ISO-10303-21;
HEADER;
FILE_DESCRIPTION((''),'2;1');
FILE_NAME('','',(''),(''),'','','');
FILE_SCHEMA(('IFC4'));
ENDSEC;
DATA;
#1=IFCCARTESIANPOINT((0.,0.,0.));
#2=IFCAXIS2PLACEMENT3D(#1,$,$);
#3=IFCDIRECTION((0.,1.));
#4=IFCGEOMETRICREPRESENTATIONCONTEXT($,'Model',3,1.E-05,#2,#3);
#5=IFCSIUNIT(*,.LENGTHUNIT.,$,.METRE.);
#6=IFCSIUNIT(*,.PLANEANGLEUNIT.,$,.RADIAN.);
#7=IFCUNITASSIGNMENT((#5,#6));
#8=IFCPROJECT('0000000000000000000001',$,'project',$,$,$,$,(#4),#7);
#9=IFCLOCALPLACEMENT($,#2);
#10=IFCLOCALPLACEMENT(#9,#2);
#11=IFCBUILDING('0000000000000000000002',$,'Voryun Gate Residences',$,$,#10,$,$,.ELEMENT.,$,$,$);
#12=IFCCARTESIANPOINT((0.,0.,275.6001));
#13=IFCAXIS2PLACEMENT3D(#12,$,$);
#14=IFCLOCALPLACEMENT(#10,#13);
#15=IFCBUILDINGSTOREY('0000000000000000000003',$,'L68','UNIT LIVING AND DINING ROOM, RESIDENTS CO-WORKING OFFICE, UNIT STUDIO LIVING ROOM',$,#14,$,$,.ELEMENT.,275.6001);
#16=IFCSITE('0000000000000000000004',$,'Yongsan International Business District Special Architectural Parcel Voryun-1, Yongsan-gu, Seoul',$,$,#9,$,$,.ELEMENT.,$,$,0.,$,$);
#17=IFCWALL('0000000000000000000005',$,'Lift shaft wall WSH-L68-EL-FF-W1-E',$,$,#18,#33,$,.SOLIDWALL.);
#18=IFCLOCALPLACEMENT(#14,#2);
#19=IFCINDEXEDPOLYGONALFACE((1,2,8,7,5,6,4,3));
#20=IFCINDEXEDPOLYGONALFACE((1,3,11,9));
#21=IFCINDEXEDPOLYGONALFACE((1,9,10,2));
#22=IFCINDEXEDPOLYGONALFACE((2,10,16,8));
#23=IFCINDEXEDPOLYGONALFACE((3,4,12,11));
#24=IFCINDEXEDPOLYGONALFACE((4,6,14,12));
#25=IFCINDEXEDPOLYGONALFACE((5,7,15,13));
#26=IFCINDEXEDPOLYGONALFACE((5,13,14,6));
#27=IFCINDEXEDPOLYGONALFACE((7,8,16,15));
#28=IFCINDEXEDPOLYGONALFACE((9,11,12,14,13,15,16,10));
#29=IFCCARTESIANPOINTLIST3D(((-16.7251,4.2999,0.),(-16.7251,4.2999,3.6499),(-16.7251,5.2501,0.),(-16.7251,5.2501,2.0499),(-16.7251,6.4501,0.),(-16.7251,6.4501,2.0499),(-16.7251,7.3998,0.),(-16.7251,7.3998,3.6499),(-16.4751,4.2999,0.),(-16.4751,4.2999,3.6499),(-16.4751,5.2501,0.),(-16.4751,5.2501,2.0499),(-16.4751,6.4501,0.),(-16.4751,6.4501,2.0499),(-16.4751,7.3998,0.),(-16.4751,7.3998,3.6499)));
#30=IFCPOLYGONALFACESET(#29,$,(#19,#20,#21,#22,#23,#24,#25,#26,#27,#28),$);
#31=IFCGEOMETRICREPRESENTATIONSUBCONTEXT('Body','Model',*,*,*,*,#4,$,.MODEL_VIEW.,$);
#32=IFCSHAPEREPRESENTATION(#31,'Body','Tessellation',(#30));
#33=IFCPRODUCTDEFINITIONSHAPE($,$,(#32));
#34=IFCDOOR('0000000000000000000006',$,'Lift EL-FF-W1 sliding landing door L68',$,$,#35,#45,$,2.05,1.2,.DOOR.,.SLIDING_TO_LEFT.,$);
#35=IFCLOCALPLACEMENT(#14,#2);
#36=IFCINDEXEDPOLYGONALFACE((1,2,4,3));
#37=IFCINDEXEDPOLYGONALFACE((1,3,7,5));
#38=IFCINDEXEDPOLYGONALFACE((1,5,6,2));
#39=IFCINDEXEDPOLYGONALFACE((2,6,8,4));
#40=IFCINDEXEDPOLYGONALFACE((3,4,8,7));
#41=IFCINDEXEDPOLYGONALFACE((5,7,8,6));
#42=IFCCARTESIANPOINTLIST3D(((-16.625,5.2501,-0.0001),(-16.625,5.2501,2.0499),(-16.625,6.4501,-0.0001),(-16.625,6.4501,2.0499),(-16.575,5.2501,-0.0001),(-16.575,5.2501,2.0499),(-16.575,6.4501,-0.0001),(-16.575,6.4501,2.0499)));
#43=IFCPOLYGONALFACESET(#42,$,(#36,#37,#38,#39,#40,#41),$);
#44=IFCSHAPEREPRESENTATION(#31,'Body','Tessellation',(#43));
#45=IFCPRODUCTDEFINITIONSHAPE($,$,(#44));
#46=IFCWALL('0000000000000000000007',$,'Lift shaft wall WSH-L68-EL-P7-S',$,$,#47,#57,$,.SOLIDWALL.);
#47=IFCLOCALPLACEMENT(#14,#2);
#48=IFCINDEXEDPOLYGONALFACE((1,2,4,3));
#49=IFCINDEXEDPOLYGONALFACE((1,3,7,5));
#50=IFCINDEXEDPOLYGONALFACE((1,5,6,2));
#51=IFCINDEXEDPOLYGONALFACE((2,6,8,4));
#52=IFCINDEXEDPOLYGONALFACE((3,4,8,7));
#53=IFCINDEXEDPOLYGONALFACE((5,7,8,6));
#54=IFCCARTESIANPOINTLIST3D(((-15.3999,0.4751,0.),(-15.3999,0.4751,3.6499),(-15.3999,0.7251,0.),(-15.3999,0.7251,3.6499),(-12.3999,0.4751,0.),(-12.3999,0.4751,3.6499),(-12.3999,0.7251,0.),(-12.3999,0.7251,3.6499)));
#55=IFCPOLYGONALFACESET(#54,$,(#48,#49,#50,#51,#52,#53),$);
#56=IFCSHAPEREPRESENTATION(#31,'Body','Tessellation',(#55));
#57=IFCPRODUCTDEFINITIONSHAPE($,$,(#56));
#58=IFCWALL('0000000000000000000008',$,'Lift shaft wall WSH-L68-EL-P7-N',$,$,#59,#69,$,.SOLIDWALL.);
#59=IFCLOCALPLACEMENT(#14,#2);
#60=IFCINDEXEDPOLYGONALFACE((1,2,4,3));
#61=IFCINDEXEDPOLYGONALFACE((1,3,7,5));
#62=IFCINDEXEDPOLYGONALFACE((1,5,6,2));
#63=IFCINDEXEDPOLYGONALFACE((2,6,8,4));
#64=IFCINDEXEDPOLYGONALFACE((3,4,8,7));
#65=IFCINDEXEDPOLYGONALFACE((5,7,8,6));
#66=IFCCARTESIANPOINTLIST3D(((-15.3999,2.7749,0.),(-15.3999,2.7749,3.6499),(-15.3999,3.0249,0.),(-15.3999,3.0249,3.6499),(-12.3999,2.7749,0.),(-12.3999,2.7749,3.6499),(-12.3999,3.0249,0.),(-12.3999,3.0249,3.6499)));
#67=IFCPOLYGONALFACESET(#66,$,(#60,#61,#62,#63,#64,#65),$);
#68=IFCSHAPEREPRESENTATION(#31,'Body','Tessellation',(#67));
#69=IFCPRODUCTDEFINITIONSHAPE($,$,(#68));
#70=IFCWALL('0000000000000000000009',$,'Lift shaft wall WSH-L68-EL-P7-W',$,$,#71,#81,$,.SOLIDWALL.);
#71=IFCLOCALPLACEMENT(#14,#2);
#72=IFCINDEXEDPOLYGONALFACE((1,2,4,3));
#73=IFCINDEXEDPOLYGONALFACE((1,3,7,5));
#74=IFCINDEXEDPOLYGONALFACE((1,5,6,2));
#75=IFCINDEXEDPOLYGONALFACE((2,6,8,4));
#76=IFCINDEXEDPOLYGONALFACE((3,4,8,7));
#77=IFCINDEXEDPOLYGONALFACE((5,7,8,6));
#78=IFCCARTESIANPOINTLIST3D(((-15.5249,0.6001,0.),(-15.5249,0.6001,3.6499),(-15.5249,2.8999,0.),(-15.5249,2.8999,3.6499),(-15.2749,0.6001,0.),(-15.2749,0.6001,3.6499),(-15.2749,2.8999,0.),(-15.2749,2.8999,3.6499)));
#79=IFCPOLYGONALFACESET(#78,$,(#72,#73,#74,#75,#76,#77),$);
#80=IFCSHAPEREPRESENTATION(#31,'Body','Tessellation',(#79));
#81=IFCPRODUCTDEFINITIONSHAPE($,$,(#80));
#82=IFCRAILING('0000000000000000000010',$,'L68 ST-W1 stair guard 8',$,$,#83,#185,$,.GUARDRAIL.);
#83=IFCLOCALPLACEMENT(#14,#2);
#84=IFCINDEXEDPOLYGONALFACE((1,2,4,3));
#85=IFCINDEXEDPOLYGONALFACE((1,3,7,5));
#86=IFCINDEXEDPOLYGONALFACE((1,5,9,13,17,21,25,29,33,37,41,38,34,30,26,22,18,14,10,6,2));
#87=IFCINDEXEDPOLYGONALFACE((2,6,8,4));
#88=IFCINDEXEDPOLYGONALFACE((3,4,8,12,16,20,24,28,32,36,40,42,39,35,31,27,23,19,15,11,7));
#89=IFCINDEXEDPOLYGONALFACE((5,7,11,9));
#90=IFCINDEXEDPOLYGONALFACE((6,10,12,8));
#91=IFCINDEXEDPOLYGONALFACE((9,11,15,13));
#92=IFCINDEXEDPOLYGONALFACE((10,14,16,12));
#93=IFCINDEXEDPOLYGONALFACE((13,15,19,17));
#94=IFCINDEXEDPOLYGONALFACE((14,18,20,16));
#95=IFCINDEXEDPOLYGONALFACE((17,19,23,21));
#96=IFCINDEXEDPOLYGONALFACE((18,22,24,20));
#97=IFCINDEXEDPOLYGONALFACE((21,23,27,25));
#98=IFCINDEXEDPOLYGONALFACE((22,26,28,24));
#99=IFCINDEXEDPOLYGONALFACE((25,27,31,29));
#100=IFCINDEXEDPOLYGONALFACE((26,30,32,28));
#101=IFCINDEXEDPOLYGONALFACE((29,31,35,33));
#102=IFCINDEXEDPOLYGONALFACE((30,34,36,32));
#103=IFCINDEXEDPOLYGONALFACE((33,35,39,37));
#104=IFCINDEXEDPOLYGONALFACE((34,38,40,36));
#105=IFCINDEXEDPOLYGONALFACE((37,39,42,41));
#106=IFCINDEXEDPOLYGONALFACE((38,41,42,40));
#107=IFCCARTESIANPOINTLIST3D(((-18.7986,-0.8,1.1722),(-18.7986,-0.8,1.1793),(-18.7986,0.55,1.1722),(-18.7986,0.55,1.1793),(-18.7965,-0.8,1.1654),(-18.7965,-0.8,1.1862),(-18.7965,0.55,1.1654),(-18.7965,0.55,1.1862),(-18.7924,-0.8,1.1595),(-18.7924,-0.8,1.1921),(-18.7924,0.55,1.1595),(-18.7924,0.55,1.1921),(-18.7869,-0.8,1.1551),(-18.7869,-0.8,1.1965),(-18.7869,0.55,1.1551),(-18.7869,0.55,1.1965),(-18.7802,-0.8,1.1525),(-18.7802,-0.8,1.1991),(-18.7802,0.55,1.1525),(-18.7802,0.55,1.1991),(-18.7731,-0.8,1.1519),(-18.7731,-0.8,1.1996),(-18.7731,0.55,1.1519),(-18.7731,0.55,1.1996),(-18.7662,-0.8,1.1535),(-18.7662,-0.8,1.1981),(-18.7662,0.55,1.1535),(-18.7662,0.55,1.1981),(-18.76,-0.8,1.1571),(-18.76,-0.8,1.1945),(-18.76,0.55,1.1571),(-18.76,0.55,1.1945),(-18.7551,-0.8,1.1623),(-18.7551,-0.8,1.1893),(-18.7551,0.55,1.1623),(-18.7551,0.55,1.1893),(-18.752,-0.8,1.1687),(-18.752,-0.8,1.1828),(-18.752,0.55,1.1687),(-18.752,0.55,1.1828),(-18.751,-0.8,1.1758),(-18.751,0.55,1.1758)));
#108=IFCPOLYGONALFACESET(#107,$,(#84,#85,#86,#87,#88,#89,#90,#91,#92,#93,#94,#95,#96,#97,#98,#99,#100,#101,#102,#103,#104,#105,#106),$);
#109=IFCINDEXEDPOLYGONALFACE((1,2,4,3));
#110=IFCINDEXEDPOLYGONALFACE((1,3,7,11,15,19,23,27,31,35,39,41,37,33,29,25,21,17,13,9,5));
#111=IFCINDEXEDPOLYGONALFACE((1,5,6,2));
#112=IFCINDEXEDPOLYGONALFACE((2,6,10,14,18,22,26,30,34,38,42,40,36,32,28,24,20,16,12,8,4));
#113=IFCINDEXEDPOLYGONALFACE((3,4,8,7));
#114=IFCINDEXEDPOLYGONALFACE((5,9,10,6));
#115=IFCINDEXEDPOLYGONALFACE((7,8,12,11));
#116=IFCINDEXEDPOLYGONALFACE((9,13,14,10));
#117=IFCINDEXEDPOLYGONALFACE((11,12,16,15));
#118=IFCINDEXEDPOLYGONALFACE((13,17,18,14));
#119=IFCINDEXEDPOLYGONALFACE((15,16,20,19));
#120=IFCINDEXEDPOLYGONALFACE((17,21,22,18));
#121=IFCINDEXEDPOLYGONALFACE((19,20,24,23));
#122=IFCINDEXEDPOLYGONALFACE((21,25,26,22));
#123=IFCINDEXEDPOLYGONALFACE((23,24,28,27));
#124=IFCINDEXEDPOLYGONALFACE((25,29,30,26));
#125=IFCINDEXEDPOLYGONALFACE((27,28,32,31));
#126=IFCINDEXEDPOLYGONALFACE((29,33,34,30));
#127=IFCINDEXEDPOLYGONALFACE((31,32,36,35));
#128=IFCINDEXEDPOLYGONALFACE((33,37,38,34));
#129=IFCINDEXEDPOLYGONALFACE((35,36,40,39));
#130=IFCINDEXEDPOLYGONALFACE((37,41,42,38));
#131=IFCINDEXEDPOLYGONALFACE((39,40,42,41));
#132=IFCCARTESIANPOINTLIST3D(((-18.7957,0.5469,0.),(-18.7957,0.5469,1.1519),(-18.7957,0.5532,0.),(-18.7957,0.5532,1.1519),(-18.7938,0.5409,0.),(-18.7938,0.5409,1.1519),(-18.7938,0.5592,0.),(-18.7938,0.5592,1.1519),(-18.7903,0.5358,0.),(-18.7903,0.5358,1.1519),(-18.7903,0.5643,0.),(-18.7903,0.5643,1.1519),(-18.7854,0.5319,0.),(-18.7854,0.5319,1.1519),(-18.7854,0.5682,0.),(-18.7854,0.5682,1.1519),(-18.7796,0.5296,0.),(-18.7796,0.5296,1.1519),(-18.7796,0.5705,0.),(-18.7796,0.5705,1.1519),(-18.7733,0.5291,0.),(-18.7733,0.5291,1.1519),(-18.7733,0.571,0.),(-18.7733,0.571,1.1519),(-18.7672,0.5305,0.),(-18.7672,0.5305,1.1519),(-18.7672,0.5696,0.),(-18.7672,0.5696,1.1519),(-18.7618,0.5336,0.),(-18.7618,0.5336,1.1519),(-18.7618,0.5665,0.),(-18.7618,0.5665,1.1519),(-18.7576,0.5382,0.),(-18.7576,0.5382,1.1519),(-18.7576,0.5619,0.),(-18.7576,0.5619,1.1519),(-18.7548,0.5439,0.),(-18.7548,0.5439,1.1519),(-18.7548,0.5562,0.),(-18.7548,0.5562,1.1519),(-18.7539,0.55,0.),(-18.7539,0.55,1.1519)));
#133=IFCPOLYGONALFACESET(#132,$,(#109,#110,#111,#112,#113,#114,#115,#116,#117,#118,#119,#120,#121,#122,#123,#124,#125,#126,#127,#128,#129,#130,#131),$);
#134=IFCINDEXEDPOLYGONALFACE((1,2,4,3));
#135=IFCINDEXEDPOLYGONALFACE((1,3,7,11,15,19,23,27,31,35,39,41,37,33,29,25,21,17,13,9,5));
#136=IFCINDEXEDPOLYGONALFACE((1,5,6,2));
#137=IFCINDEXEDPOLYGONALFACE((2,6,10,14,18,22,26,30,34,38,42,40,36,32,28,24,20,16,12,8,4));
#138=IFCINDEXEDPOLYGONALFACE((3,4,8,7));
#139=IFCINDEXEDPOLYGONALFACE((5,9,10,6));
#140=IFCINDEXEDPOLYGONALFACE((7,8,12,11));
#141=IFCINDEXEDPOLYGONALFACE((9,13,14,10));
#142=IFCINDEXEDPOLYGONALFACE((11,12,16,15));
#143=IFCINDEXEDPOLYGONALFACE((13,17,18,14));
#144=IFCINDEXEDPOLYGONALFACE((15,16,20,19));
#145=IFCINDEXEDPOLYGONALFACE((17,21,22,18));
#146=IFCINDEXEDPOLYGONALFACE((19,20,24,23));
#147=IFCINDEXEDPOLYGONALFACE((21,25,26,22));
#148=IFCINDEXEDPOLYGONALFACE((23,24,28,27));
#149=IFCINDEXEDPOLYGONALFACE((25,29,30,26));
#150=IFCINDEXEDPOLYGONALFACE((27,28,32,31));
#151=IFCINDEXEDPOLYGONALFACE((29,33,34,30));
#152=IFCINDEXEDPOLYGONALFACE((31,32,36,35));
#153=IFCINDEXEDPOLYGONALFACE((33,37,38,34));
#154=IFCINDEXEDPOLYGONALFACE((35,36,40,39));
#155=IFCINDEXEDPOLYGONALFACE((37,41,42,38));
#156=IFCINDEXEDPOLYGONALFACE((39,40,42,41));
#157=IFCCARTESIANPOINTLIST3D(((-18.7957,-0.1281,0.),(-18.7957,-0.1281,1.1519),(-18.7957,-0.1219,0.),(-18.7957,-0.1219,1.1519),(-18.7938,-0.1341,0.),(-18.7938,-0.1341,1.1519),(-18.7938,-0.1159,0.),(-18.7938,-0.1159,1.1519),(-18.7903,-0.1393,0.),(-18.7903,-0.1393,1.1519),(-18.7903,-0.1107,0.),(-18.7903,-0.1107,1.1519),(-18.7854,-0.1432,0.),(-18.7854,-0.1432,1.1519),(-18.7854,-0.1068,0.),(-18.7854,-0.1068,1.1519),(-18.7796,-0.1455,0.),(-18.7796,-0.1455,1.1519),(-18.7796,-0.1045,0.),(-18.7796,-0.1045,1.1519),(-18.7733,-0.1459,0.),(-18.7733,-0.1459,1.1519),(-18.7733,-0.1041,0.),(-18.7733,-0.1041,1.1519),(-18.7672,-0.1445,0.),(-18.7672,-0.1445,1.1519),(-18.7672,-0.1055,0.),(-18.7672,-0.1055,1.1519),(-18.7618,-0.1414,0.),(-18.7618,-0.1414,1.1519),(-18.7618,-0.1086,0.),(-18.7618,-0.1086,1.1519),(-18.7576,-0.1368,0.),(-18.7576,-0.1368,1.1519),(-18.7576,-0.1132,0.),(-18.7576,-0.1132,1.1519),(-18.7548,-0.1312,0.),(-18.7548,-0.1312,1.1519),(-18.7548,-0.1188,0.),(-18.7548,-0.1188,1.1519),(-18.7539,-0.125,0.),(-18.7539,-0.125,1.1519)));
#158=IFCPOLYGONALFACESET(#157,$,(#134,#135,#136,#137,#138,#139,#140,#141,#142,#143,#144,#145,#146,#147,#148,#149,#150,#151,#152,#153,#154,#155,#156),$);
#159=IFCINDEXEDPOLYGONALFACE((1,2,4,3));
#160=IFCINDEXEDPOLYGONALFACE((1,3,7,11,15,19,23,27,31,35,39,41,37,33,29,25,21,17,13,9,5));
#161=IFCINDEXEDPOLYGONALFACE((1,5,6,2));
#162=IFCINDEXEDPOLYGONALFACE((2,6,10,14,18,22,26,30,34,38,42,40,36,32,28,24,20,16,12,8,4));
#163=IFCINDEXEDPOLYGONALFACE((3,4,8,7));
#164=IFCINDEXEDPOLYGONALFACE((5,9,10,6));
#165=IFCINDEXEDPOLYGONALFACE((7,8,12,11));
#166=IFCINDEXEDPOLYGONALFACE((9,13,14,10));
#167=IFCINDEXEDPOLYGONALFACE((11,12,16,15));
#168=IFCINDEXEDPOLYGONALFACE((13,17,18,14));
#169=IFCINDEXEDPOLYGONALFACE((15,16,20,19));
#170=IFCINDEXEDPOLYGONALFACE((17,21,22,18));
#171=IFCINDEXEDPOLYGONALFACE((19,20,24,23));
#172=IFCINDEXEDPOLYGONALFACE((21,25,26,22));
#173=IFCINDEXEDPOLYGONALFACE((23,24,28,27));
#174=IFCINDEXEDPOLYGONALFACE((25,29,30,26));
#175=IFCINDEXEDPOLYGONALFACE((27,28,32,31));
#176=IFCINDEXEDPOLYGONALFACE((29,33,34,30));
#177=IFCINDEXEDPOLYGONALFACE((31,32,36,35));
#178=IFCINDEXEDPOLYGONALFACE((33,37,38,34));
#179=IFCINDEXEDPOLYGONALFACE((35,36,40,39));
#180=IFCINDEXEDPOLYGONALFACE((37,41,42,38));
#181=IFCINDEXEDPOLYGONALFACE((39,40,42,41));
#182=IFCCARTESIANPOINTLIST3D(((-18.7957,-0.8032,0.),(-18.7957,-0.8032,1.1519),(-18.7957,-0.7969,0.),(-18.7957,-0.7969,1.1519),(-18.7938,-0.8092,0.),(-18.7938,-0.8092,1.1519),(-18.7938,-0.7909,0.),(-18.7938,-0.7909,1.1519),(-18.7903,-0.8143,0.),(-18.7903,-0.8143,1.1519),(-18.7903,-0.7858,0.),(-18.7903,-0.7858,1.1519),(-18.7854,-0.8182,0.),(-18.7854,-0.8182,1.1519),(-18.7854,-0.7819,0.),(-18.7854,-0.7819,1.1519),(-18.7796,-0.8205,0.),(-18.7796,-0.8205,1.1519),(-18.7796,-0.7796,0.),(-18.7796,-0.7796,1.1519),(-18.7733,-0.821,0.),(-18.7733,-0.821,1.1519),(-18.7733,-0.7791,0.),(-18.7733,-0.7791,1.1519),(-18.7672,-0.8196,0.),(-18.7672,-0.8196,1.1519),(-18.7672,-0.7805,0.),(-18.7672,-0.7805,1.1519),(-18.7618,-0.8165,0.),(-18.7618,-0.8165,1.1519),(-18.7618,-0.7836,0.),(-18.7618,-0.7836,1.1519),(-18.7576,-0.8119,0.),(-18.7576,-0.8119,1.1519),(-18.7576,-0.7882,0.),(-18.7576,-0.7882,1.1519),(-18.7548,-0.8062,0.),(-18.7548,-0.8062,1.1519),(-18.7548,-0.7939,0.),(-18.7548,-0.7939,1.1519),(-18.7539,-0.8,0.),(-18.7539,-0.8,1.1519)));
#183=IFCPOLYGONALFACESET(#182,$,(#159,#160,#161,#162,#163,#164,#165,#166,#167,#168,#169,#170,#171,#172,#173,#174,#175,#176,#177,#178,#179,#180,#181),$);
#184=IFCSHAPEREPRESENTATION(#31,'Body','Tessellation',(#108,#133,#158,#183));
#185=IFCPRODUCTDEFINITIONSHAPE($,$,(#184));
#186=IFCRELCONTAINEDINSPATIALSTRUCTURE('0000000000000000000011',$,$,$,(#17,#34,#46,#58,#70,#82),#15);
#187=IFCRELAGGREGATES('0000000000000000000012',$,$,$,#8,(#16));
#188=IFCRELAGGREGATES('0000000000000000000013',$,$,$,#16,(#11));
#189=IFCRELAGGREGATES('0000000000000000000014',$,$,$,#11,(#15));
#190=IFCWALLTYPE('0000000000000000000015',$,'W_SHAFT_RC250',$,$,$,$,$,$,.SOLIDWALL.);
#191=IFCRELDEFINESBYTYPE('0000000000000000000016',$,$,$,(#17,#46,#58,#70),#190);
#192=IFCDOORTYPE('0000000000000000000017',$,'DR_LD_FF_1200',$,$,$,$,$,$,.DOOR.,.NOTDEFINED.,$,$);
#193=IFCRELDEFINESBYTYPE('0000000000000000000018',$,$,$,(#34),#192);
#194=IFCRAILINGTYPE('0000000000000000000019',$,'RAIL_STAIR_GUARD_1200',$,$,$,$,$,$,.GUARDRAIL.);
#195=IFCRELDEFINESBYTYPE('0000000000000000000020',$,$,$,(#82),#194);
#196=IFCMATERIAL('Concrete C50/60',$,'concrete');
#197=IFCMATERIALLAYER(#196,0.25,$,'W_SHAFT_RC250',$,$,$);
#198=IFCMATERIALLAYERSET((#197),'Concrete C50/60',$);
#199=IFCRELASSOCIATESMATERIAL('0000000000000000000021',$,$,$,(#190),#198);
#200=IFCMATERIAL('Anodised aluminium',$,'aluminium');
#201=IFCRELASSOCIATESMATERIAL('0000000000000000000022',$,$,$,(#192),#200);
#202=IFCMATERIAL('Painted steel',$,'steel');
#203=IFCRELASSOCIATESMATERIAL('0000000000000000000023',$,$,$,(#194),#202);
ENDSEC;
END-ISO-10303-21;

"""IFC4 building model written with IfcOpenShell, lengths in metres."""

from ifc_helpers import new_model, si_unit, direction, frame, frame_2d, origin, origin_2d, place, context, subcontext, project, spatial, rectangle, circle, extrude, material, layer, layer_set, type_object, element, fill, save


model = new_model("IFC4")

# Units and contexts
model_context = context("Model", 3, precision=1e-05, world=origin(), true_north=direction((0.0, 1.0)))
body_context = subcontext(model_context, "Body", "Model", "MODEL_VIEW")
ifc_project = project(units=[si_unit("LENGTHUNIT", "METRE"), si_unit("PLANEANGLEUNIT", "RADIAN")], contexts=[model_context])

# Site, building, storey
site_placement = place(None, origin())
site = spatial("IfcSite", under=ifc_project, at=site_placement, Name="Yongsan International Business District Special Architectural Parcel Voryun-1, Yongsan-gu, Seoul", CompositionType="ELEMENT", RefElevation=0.0)
building_placement = place(site_placement, origin())
building = spatial("IfcBuilding", under=site, at=building_placement, Name="Voryun Gate Residences", CompositionType="ELEMENT")
storey_placement = place(building_placement, frame((0.0, 0.0, 275.6001)))
storey = spatial("IfcBuildingStorey", under=building, at=storey_placement, Name="L68", Description="UNIT LIVING AND DINING ROOM, RESIDENTS CO-WORKING OFFICE, UNIT STUDIO LIVING ROOM", CompositionType="ELEMENT", Elevation=275.6001)

# Wall, opening, door
ifc_material_1 = material(Name="Concrete C50/60", Category="concrete")
ifc_layer_1 = layer(ifc_material_1, 0.25, Name="W_SHAFT_RC250")
ifc_layer_set_1 = layer_set([ifc_layer_1], Name="Concrete C50/60")
wall_type_1 = type_object("IfcWallType", Name="W_SHAFT_RC250", PredefinedType="SOLIDWALL", material=ifc_layer_set_1)
wall_1_placement = place(storey_placement, frame((-16.6001, 4.3, 0.0), z_axis=(0.0, 0.0, 1.0), x_axis=(0.0, 1.0, 0.0)))
wall_1 = element("IfcWall", 1, at=wall_1_placement, inside=storey, type_object=wall_type_1, Name="Lift shaft wall WSH-L68-EL-FF-W1-E", PredefinedType="SOLIDWALL", context=body_context, shape_type="SweptSolid", body=[
    extrude(rectangle(XDim=3.0999, YDim=0.25, at=frame_2d((1.5498, 0.0))), origin(), (0.0, 0.0, 1.0), 3.6499),
])
opening_1_placement = place(wall_1_placement, frame((0.95, 0.0, 0.0)))
opening_1 = element("IfcOpeningElement", 2, at=opening_1_placement, cuts=wall_1, PredefinedType="OPENING", context=body_context, shape_type="SweptSolid", body=[
    extrude(rectangle(XDim=1.2, YDim=2.05, at=frame_2d((0.6001, 1.0249))), frame((0.0, 0.135, 0.0), z_axis=(0.0, -1.0, 0.0), x_axis=(1.0, 0.0, 0.0)), (0.0, 0.0, 1.0), 0.27),
])
ifc_material_2 = material(Name="Anodised aluminium", Category="aluminium")
door_type_1 = type_object("IfcDoorType", Name="DR_LD_FF_1200", OperationType="NOTDEFINED", PredefinedType="DOOR", material=ifc_material_2)
door_1_placement = place(opening_1_placement, origin())
door_1 = element("IfcDoor", 3, at=door_1_placement, inside=storey, type_object=door_type_1, Name="Lift EL-FF-W1 sliding landing door L68", OperationType="SLIDING_TO_LEFT", OverallHeight=2.05, OverallWidth=1.2, PredefinedType="DOOR", context=body_context, shape_type="SweptSolid", body=[
    extrude(rectangle(XDim=1.2, YDim=2.05, at=frame_2d((0.6001, 1.0249))), frame((0.0, 0.0249, 0.0), z_axis=(0.0, -1.0, 0.0), x_axis=(1.0, 0.0, 0.0)), (0.0, 0.0, 1.0), 0.05),
])
fill(opening_1, door_1)

# Walls
for number, where, z_axis, x_axis, name in (
    (4, (-15.3999, 0.6001, 0.0), (0.0, 0.0, 1.0), (1.0, 0.0, 0.0), "Lift shaft wall WSH-L68-EL-P7-S"),
    (5, (-12.3999, 2.8999, 0.0), (0.0, 0.0, 1.0), (-1.0, 0.0, 0.0), "Lift shaft wall WSH-L68-EL-P7-N"),
):
    element("IfcWall", number, at=place(storey_placement, frame(where, z_axis=z_axis, x_axis=x_axis)), inside=storey, type_object=wall_type_1, Name=name, PredefinedType="SOLIDWALL", context=body_context, shape_type="SweptSolid", body=[
        extrude(rectangle(XDim=3.0, YDim=0.25, at=frame_2d((1.5, 0.0))), origin(), (0.0, 0.0, 1.0), 3.6499),
    ])
wall_2_placement = place(storey_placement, frame((-15.3999, 2.8999, 0.0), z_axis=(0.0, 0.0, 1.0), x_axis=(0.0, -1.0, 0.0)))
element("IfcWall", 6, at=wall_2_placement, inside=storey, type_object=wall_type_1, Name="Lift shaft wall WSH-L68-EL-P7-W", PredefinedType="SOLIDWALL", context=body_context, shape_type="SweptSolid", body=[
    extrude(rectangle(XDim=2.2998, YDim=0.25, at=frame_2d((1.1499, 0.0))), origin(), (0.0, 0.0, 1.0), 3.6499),
])

# Railing
ifc_material_3 = material(Name="Painted steel", Category="steel")
railing_type = type_object("IfcRailingType", Name="RAIL_STAIR_GUARD_1200", PredefinedType="GUARDRAIL", material=ifc_material_3)
for number, where, name in (
    (7, (-18.7749, 0.55, 0.0), "L68 ST-W1 stair guard 8"),
):
    element("IfcRailing", number, at=place(storey_placement, frame(where)), inside=storey, type_object=railing_type, Name=name, PredefinedType="GUARDRAIL", context=body_context, shape_type="SweptSolid", body=[
        extrude(circle(Radius=0.0239, at=origin_2d()), frame((0.0, 0.0, 1.1758), z_axis=(0.0, -1.0, 0.0), x_axis=(1.0, 0.0, 0.0)), (0.0, 0.0, 1.0), 1.3501),
        extrude(circle(Radius=0.021, at=origin_2d()), origin(), (0.0, 0.0, 1.0), 1.1519),
        extrude(circle(Radius=0.021, at=origin_2d()), frame((0.0, -0.675, 0.0)), (0.0, 0.0, 1.0), 1.1519),
        extrude(circle(Radius=0.021, at=origin_2d()), frame((0.0, -1.3501, 0.0)), (0.0, 0.0, 1.0), 1.1519),
    ])

save(model, "model.ifc")
